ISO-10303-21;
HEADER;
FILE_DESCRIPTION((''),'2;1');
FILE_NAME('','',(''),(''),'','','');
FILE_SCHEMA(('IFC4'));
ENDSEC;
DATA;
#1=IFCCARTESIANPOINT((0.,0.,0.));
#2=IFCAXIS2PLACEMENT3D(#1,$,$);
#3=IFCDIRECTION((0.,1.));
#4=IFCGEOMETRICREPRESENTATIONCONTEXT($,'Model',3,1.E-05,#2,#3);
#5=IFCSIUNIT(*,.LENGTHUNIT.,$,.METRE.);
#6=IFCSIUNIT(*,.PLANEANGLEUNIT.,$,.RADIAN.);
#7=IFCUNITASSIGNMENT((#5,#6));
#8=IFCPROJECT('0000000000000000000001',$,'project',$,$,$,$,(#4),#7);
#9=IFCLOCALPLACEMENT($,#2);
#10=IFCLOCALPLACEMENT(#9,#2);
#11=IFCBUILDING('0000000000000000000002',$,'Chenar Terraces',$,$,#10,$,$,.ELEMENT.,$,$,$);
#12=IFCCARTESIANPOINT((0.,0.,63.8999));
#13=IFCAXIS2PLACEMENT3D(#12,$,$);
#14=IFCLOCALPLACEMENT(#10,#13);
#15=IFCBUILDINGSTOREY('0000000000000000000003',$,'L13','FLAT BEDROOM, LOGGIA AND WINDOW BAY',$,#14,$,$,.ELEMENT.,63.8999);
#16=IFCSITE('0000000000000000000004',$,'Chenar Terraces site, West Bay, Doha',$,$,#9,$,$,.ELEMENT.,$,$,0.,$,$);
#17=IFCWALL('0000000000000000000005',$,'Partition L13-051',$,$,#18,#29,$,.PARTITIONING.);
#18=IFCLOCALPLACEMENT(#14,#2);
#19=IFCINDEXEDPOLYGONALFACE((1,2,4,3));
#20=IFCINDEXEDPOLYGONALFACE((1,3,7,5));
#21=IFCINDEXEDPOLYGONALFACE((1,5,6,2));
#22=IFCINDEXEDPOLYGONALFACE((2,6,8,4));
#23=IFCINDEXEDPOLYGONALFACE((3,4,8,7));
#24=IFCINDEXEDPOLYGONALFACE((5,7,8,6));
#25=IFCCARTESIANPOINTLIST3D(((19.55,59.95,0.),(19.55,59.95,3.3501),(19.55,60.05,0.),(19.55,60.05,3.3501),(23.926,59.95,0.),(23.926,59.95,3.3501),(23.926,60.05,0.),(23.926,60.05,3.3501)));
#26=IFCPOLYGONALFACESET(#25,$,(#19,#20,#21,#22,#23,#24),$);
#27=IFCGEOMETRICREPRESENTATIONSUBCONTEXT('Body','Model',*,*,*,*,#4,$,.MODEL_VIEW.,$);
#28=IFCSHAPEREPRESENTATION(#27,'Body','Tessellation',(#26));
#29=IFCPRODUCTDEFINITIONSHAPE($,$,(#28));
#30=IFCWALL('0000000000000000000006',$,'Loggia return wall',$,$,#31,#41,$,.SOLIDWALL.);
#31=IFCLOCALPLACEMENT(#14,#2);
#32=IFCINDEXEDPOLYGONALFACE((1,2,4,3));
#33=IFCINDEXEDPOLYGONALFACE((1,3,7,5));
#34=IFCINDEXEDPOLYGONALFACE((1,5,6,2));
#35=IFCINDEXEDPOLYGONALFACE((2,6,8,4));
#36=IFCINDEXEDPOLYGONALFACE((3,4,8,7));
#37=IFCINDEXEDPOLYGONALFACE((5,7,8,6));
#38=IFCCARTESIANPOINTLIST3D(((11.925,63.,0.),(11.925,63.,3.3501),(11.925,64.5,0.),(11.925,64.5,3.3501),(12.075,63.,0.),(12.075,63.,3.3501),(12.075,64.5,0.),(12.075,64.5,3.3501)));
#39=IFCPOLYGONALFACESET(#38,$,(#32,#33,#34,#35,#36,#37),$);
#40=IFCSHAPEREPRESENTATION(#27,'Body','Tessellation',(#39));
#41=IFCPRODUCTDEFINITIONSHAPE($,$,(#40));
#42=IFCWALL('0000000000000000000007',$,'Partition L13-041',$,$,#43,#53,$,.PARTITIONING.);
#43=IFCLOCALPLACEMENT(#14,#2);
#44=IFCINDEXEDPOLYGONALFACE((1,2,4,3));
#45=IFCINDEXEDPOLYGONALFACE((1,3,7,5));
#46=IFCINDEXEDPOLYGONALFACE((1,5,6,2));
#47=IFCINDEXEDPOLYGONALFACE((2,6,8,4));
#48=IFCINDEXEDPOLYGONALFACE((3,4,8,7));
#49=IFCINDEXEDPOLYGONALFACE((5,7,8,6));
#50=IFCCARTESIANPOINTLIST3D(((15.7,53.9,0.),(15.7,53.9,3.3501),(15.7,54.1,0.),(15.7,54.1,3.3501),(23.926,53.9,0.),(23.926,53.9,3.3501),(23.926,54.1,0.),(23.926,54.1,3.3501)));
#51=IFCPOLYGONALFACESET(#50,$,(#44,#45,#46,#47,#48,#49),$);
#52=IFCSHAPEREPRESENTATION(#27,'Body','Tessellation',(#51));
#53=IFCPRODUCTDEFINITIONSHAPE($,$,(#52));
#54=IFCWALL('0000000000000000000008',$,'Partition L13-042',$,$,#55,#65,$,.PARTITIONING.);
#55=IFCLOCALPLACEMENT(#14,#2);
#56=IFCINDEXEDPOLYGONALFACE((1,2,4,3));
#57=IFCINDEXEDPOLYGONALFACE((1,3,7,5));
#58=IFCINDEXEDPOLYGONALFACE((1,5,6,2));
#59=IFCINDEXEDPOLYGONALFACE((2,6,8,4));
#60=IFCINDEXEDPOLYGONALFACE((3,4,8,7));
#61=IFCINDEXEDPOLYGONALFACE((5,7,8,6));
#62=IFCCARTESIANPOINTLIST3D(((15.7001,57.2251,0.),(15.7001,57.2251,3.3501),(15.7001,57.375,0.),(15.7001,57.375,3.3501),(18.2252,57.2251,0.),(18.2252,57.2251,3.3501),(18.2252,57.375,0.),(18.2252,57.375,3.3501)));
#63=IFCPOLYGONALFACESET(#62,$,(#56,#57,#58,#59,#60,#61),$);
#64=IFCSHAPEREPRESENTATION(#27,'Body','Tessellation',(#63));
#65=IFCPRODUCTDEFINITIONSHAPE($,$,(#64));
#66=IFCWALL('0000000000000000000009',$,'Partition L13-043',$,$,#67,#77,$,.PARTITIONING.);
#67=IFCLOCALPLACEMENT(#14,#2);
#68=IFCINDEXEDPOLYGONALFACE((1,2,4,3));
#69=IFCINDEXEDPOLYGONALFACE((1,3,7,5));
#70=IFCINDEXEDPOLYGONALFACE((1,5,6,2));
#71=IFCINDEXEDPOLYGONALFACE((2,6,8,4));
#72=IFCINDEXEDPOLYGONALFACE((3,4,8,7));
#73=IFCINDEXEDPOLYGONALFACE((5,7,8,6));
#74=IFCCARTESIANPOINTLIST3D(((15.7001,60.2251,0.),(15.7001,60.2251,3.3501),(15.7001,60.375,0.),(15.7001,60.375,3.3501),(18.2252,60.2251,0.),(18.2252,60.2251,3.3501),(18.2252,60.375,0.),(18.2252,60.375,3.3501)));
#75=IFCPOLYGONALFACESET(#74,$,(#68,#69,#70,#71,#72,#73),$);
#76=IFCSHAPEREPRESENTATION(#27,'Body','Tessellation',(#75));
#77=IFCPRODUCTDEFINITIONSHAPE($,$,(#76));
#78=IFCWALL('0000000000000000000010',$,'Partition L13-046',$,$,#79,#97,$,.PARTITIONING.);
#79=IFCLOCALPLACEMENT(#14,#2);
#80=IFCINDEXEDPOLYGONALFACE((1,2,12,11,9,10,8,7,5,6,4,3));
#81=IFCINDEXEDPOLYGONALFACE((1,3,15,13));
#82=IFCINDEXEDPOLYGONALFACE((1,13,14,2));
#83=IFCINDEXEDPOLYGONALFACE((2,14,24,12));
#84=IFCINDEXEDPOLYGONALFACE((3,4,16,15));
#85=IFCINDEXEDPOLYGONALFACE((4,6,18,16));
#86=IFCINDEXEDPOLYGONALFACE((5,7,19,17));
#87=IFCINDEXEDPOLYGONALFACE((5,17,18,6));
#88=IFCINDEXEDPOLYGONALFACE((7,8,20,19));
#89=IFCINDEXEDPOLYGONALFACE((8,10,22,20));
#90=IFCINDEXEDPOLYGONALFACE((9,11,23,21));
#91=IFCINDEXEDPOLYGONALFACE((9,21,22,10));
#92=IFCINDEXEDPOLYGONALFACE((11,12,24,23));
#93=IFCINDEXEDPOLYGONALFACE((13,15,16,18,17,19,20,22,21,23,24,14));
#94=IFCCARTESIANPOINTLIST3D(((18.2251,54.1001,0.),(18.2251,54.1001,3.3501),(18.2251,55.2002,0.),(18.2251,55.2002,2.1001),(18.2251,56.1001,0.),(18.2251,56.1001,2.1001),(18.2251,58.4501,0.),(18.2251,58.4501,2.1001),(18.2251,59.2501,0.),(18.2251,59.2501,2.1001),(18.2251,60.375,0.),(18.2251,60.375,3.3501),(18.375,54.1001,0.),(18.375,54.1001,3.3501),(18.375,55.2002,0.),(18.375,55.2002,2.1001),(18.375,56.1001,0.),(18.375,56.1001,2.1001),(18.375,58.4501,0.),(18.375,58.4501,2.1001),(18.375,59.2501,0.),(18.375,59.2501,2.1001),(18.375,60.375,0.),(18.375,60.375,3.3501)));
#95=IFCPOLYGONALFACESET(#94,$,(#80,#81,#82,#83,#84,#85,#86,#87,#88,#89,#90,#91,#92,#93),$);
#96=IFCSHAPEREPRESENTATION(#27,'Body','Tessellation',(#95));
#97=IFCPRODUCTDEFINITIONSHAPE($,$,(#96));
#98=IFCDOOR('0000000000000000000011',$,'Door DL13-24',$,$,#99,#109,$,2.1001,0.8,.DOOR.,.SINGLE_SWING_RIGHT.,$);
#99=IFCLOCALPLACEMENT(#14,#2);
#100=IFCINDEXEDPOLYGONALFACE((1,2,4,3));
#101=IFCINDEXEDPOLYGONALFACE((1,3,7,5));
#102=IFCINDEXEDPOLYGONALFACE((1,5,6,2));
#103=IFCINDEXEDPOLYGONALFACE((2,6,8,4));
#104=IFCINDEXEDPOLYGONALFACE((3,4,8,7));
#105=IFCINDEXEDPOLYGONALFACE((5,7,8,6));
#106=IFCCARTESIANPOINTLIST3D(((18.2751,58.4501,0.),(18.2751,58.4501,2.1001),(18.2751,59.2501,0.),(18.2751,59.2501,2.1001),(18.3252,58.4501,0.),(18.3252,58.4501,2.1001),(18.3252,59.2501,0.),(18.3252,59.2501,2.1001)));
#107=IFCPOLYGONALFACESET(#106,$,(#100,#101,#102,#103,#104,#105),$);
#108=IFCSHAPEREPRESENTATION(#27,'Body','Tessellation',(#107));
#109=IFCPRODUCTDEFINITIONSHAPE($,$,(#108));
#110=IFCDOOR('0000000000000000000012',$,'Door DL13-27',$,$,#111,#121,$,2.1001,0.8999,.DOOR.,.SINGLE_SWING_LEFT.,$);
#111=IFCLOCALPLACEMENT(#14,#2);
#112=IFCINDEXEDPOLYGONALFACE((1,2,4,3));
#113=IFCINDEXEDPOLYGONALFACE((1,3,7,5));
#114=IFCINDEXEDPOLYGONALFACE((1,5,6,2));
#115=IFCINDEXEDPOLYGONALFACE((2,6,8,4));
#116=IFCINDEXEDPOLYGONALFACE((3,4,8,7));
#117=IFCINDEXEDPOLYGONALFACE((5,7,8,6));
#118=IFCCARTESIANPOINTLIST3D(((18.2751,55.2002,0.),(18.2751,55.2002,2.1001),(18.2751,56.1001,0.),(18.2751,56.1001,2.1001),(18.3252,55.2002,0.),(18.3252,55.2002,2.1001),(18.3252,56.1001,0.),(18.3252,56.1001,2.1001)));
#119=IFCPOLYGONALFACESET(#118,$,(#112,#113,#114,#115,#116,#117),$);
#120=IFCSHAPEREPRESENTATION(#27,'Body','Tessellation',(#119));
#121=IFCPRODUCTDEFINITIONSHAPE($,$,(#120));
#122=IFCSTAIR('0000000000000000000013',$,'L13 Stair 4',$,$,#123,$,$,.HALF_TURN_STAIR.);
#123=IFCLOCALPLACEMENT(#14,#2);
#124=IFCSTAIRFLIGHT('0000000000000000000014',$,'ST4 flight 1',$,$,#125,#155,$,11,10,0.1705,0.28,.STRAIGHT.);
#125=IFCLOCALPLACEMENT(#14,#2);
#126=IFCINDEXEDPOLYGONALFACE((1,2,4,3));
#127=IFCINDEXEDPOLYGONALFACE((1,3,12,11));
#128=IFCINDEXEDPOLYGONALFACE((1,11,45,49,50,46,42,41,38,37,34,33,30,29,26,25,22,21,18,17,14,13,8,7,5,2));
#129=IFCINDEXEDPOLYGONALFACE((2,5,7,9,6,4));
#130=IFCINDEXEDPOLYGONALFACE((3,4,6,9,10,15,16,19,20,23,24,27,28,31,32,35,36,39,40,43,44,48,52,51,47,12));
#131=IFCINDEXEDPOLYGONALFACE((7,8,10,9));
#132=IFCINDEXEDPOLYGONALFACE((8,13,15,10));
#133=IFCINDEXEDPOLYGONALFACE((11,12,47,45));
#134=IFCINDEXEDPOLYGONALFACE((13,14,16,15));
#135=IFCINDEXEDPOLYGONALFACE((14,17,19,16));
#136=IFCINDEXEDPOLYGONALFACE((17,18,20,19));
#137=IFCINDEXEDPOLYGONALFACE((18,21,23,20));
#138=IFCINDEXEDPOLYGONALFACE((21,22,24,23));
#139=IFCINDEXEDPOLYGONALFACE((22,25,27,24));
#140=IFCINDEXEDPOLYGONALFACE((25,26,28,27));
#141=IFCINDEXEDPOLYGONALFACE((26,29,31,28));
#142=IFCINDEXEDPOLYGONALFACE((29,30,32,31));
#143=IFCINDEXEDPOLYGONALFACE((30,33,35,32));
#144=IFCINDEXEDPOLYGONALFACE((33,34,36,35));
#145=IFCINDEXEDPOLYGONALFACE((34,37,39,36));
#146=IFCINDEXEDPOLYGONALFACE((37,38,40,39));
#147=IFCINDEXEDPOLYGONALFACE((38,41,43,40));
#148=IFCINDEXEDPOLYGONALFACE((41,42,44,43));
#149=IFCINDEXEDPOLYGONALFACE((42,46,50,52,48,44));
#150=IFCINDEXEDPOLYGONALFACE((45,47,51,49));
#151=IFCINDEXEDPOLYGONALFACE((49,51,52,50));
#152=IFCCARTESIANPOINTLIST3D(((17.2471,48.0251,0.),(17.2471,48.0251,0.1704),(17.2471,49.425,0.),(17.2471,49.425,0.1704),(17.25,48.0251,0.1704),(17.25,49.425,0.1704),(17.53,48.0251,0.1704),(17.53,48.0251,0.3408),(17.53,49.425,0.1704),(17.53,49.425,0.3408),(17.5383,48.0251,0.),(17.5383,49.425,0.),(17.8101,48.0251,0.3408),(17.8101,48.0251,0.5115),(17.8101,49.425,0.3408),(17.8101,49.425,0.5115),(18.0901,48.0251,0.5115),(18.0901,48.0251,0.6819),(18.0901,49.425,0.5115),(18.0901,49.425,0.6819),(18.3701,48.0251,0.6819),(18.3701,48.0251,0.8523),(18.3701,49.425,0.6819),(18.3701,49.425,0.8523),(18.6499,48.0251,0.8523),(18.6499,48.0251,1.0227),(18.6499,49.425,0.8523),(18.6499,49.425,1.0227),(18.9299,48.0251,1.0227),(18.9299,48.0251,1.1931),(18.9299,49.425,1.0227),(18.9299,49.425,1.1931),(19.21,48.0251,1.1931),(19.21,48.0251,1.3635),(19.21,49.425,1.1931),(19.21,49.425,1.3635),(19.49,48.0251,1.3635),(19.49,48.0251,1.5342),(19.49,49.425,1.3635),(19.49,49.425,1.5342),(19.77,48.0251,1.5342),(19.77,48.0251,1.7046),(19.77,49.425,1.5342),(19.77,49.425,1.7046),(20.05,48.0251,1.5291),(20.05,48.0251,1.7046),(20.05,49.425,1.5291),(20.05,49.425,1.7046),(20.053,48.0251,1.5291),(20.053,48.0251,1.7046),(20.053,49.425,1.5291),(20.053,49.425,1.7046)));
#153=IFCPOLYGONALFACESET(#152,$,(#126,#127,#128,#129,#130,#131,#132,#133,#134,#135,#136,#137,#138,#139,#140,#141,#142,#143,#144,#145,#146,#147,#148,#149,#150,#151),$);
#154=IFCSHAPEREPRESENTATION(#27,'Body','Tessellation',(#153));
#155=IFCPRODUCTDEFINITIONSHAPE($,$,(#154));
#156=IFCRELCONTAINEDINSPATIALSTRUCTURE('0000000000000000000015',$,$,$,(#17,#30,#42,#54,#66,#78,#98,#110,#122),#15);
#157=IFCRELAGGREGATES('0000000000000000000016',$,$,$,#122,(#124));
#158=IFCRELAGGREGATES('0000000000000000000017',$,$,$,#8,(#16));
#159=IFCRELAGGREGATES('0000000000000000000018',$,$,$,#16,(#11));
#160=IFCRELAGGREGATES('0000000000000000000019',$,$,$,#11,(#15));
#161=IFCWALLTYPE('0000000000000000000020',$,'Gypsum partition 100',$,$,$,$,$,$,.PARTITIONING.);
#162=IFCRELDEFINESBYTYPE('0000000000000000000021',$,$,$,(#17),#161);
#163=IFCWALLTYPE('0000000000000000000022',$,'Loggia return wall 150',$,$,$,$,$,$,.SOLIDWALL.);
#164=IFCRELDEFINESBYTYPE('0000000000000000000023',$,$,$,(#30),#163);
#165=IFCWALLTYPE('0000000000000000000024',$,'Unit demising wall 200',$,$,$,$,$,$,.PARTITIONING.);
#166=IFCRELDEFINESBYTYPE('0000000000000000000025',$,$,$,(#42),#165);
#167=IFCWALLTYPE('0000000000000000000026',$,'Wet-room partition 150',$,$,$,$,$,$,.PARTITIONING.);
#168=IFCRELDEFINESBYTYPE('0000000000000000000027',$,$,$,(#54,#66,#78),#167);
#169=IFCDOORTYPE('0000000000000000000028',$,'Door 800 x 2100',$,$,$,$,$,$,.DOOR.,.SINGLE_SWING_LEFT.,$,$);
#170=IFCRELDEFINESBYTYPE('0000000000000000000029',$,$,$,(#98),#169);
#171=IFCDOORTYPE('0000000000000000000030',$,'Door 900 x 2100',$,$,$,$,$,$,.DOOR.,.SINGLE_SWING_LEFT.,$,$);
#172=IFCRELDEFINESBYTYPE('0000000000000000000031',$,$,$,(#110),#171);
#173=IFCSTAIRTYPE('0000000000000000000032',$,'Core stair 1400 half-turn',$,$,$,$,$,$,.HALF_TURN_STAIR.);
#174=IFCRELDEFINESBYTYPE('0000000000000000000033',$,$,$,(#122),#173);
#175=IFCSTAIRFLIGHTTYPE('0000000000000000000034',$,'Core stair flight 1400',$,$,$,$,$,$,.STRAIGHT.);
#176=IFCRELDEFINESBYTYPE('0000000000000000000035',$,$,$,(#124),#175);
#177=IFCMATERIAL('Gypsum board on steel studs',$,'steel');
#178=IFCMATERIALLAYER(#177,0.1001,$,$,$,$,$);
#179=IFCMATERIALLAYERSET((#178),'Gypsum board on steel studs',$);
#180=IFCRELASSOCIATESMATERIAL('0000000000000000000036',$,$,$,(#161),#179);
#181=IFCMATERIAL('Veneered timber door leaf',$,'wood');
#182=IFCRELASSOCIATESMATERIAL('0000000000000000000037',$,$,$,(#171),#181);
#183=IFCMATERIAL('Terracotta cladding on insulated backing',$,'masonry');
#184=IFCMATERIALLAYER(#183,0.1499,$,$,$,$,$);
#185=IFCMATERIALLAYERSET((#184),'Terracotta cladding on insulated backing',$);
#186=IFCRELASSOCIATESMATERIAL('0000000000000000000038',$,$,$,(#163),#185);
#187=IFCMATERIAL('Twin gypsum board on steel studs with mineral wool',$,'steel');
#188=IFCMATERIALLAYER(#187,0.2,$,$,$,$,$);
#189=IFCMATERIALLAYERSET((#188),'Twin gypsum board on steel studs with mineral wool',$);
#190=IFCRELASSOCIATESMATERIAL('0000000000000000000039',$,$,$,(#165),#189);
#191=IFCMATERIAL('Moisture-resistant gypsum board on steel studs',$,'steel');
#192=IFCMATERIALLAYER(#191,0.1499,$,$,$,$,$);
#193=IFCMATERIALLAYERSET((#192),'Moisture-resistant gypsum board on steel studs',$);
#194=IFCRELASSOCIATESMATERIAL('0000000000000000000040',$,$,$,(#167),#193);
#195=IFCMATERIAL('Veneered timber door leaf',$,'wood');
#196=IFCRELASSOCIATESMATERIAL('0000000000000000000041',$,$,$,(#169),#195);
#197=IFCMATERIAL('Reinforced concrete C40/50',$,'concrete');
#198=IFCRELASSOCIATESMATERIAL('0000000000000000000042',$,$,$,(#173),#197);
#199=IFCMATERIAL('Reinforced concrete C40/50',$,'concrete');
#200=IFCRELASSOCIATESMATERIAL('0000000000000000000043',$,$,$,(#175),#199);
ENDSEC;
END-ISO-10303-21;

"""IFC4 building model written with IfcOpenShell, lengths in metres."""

from ifc_helpers import new_model, si_unit, direction, frame, frame_2d, origin, place, context, subcontext, project, spatial, polyline, rectangle, outline, extrude, material, layer, layer_set, type_object, element, fill, aggregate, save


model = new_model("IFC4")

# Units and contexts
model_context = context("Model", 3, precision=1e-05, world=origin(), true_north=direction((0.0, 1.0)))
body_context = subcontext(model_context, "Body", "Model", "MODEL_VIEW")
ifc_project = project(units=[si_unit("LENGTHUNIT", "METRE"), si_unit("PLANEANGLEUNIT", "RADIAN")], contexts=[model_context])

# Site, building, storey
site_placement = place(None, origin())
site = spatial("IfcSite", under=ifc_project, at=site_placement, Name="Chenar Terraces site, West Bay, Doha", CompositionType="ELEMENT", RefElevation=0.0)
building_placement = place(site_placement, origin())
building = spatial("IfcBuilding", under=site, at=building_placement, Name="Chenar Terraces", CompositionType="ELEMENT")
storey_placement = place(building_placement, frame((0.0, 0.0, 63.8999)))
storey = spatial("IfcBuildingStorey", under=building, at=storey_placement, Name="L13", Description="FLAT BEDROOM, LOGGIA AND WINDOW BAY", CompositionType="ELEMENT", Elevation=63.8999)

# Shared definitions
ifc_material_1 = material(Name="Gypsum board on steel studs", Category="steel")
ifc_layer_1 = layer(ifc_material_1, 0.1001)
ifc_layer_set_1 = layer_set([ifc_layer_1], Name="Gypsum board on steel studs")
wall_type_1 = type_object("IfcWallType", Name="Gypsum partition 100", PredefinedType="PARTITIONING", material=ifc_layer_set_1)
ifc_material_2 = material(Name="Veneered timber door leaf", Category="wood")
door_type_1 = type_object("IfcDoorType", Name="Door 900 x 2100", OperationType="SINGLE_SWING_LEFT", PredefinedType="DOOR", material=ifc_material_2)

# Walls
for number, where, z_axis, x_axis, name in (
    (1, (19.55, 60.0, 0.0), (0.0, 0.0, 1.0), (1.0, 0.0, 0.0), "Partition L13-051"),
):
    element("IfcWall", number, at=place(storey_placement, frame(where, z_axis=z_axis, x_axis=x_axis)), inside=storey, type_object=wall_type_1, Name=name, PredefinedType="PARTITIONING", context=body_context, shape_type="SweptSolid", body=[
        extrude(rectangle(XDim=4.376, YDim=0.1001, at=frame_2d((2.188, 0.0))), origin(), (0.0, 0.0, 1.0), 3.3501),
    ])
ifc_material_3 = material(Name="Terracotta cladding on insulated backing", Category="masonry")
ifc_layer_2 = layer(ifc_material_3, 0.1499)
ifc_layer_set_2 = layer_set([ifc_layer_2], Name="Terracotta cladding on insulated backing")
wall_type_2 = type_object("IfcWallType", Name="Loggia return wall 150", PredefinedType="SOLIDWALL", material=ifc_layer_set_2)
wall_1_placement = place(storey_placement, frame((12.0, 64.5, 0.0), z_axis=(0.0, 0.0, 1.0), x_axis=(0.0, -1.0, 0.0)))
element("IfcWall", 2, at=wall_1_placement, inside=storey, type_object=wall_type_2, Name="Loggia return wall", PredefinedType="SOLIDWALL", context=body_context, shape_type="SweptSolid", body=[
    extrude(rectangle(XDim=1.5, YDim=0.1499, at=frame_2d((0.75, 0.0))), origin(), (0.0, 0.0, 1.0), 3.3501),
])
ifc_material_4 = material(Name="Twin gypsum board on steel studs with mineral wool", Category="steel")
ifc_layer_3 = layer(ifc_material_4, 0.2)
ifc_layer_set_3 = layer_set([ifc_layer_3], Name="Twin gypsum board on steel studs with mineral wool")
wall_type_3 = type_object("IfcWallType", Name="Unit demising wall 200", PredefinedType="PARTITIONING", material=ifc_layer_set_3)
wall_2_placement = place(storey_placement, frame((15.7, 54.0, 0.0), z_axis=(0.0, 0.0, 1.0), x_axis=(1.0, 0.0, 0.0)))
element("IfcWall", 3, at=wall_2_placement, inside=storey, type_object=wall_type_3, Name="Partition L13-041", PredefinedType="PARTITIONING", context=body_context, shape_type="SweptSolid", body=[
    extrude(rectangle(XDim=8.2261, YDim=0.2, at=frame_2d((4.113, 0.0))), origin(), (0.0, 0.0, 1.0), 3.3501),
])
ifc_material_5 = material(Name="Moisture-resistant gypsum board on steel studs", Category="steel")
ifc_layer_4 = layer(ifc_material_5, 0.1499)
ifc_layer_set_4 = layer_set([ifc_layer_4], Name="Moisture-resistant gypsum board on steel studs")
wall_type_4 = type_object("IfcWallType", Name="Wet-room partition 150", PredefinedType="PARTITIONING", material=ifc_layer_set_4)
for number, where, z_axis, x_axis, name in (
    (4, (15.7, 57.3, 0.0), (0.0, 0.0, 1.0), (1.0, 0.0, 0.0), "Partition L13-042"),
    (5, (15.7, 60.3, 0.0), (0.0, 0.0, 1.0), (1.0, 0.0, 0.0), "Partition L13-043"),
):
    element("IfcWall", number, at=place(storey_placement, frame(where, z_axis=z_axis, x_axis=x_axis)), inside=storey, type_object=wall_type_4, Name=name, PredefinedType="PARTITIONING", context=body_context, shape_type="SweptSolid", body=[
        extrude(rectangle(XDim=2.5251, YDim=0.1499, at=frame_2d((1.2627, 0.0))), origin(), (0.0, 0.0, 1.0), 3.3501),
    ])

# Wall, openings, doors
wall_3_placement = place(storey_placement, frame((18.3, 54.1001, 0.0), z_axis=(0.0, 0.0, 1.0), x_axis=(0.0, 1.0, 0.0)))
wall_3 = element("IfcWall", 6, at=wall_3_placement, inside=storey, type_object=wall_type_4, Name="Partition L13-046", PredefinedType="PARTITIONING", context=body_context, shape_type="SweptSolid", body=[
    extrude(rectangle(XDim=6.2749, YDim=0.1499, at=frame_2d((3.1375, 0.0))), origin(), (0.0, 0.0, 1.0), 3.3501),
])
opening_1_placement = place(wall_3_placement, frame((4.3501, 0.0, 0.0)))
opening_1 = element("IfcOpeningElement", 7, at=opening_1_placement, cuts=wall_3, PredefinedType="OPENING", context=body_context, shape_type="SweptSolid", body=[
    extrude(rectangle(XDim=0.8, YDim=2.1001, at=frame_2d((0.3999, 1.05))), frame((0.0, 0.085, 0.0), z_axis=(0.0, -1.0, 0.0), x_axis=(1.0, 0.0, 0.0)), (0.0, 0.0, 1.0), 0.1699),
])
opening_2_placement = place(wall_3_placement, frame((1.1001, 0.0, 0.0)))
opening_2 = element("IfcOpeningElement", 8, at=opening_2_placement, cuts=wall_3, PredefinedType="OPENING", context=body_context, shape_type="SweptSolid", body=[
    extrude(rectangle(XDim=0.8999, YDim=2.1001, at=frame_2d((0.45, 1.05))), frame((0.0, 0.085, 0.0), z_axis=(0.0, -1.0, 0.0), x_axis=(1.0, 0.0, 0.0)), (0.0, 0.0, 1.0), 0.1699),
])
ifc_material_6 = material(Name="Veneered timber door leaf", Category="wood")
door_type_2 = type_object("IfcDoorType", Name="Door 800 x 2100", OperationType="SINGLE_SWING_LEFT", PredefinedType="DOOR", material=ifc_material_6)
door_1_placement = place(opening_1_placement, origin())
door_1 = element("IfcDoor", 9, at=door_1_placement, inside=storey, type_object=door_type_2, Name="Door DL13-24", OperationType="SINGLE_SWING_RIGHT", OverallHeight=2.1001, OverallWidth=0.8, PredefinedType="DOOR", context=body_context, shape_type="SweptSolid", body=[
    extrude(rectangle(XDim=0.8, YDim=2.1001, at=frame_2d((0.3999, 1.05))), frame((0.0, 0.0249, 0.0), z_axis=(0.0, -1.0, 0.0), x_axis=(1.0, 0.0, 0.0)), (0.0, 0.0, 1.0), 0.05),
])
fill(opening_1, door_1)
door_2_placement = place(opening_2_placement, origin())
door_2 = element("IfcDoor", 10, at=door_2_placement, inside=storey, type_object=door_type_1, Name="Door DL13-27", OperationType="SINGLE_SWING_LEFT", OverallHeight=2.1001, OverallWidth=0.8999, PredefinedType="DOOR", context=body_context, shape_type="SweptSolid", body=[
    extrude(rectangle(XDim=0.8999, YDim=2.1001, at=frame_2d((0.45, 1.05))), frame((0.0, 0.0249, 0.0), z_axis=(0.0, -1.0, 0.0), x_axis=(1.0, 0.0, 0.0)), (0.0, 0.0, 1.0), 0.05),
])
fill(opening_2, door_2)

# Stair, stair flight
ifc_material_7 = material(Name="Reinforced concrete C40/50", Category="concrete")
stair_type = type_object("IfcStairType", Name="Core stair 1400 half-turn", PredefinedType="HALF_TURN_STAIR", material=ifc_material_7)
stair_placement = place(storey_placement, origin())
stair = element("IfcStair", 11, at=stair_placement, inside=storey, type_object=stair_type, Name="L13 Stair 4", PredefinedType="HALF_TURN_STAIR")
ifc_material_8 = material(Name="Reinforced concrete C40/50", Category="concrete")
stair_flight_type = type_object("IfcStairFlightType", Name="Core stair flight 1400", PredefinedType="STRAIGHT", material=ifc_material_8)
stair_flight_1_placement = place(storey_placement, frame((17.25, 48.7251, 0.0), z_axis=(0.0, 0.0, 1.0), x_axis=(1.0, 0.0, 0.0)))
stair_flight_1 = element("IfcStairFlight", 12, at=stair_flight_1_placement, type_object=stair_flight_type, Name="ST4 flight 1", NumberOfRisers=11, NumberOfTreads=10, PredefinedType="STRAIGHT", RiserHeight=0.1705, TreadLength=0.28, context=body_context, shape_type="SweptSolid", body=[
    extrude(outline(polyline([(-0.0029, 0.0), (-0.0029, 0.1704), (0.0, 0.1704), (0.28, 0.1704), (0.28, 0.3408), (0.5601, 0.3408), (0.5601, 0.5115), (0.8401, 0.5115), (0.8401, 0.6819), (1.1201, 0.6819), (1.1201, 0.8523), (1.3999, 0.8523), (1.3999, 1.0227), (1.6799, 1.0227), (1.6799, 1.1931), (1.96, 1.1931), (1.96, 1.3635), (2.24, 1.3635), (2.24, 1.5342), (2.52, 1.5342), (2.52, 1.7046), (2.8, 1.7046), (2.803, 1.7046), (2.803, 1.5291), (2.8, 1.5291), (0.2883, 0.0), (-0.0029, 0.0)])), frame((0.0, 0.7, 0.0), z_axis=(0.0, -1.0, 0.0), x_axis=(1.0, 0.0, 0.0)), (0.0, 0.0, 1.0), 1.3999),
])
aggregate(stair, [stair_flight_1])

save(model, "model.ifc")
